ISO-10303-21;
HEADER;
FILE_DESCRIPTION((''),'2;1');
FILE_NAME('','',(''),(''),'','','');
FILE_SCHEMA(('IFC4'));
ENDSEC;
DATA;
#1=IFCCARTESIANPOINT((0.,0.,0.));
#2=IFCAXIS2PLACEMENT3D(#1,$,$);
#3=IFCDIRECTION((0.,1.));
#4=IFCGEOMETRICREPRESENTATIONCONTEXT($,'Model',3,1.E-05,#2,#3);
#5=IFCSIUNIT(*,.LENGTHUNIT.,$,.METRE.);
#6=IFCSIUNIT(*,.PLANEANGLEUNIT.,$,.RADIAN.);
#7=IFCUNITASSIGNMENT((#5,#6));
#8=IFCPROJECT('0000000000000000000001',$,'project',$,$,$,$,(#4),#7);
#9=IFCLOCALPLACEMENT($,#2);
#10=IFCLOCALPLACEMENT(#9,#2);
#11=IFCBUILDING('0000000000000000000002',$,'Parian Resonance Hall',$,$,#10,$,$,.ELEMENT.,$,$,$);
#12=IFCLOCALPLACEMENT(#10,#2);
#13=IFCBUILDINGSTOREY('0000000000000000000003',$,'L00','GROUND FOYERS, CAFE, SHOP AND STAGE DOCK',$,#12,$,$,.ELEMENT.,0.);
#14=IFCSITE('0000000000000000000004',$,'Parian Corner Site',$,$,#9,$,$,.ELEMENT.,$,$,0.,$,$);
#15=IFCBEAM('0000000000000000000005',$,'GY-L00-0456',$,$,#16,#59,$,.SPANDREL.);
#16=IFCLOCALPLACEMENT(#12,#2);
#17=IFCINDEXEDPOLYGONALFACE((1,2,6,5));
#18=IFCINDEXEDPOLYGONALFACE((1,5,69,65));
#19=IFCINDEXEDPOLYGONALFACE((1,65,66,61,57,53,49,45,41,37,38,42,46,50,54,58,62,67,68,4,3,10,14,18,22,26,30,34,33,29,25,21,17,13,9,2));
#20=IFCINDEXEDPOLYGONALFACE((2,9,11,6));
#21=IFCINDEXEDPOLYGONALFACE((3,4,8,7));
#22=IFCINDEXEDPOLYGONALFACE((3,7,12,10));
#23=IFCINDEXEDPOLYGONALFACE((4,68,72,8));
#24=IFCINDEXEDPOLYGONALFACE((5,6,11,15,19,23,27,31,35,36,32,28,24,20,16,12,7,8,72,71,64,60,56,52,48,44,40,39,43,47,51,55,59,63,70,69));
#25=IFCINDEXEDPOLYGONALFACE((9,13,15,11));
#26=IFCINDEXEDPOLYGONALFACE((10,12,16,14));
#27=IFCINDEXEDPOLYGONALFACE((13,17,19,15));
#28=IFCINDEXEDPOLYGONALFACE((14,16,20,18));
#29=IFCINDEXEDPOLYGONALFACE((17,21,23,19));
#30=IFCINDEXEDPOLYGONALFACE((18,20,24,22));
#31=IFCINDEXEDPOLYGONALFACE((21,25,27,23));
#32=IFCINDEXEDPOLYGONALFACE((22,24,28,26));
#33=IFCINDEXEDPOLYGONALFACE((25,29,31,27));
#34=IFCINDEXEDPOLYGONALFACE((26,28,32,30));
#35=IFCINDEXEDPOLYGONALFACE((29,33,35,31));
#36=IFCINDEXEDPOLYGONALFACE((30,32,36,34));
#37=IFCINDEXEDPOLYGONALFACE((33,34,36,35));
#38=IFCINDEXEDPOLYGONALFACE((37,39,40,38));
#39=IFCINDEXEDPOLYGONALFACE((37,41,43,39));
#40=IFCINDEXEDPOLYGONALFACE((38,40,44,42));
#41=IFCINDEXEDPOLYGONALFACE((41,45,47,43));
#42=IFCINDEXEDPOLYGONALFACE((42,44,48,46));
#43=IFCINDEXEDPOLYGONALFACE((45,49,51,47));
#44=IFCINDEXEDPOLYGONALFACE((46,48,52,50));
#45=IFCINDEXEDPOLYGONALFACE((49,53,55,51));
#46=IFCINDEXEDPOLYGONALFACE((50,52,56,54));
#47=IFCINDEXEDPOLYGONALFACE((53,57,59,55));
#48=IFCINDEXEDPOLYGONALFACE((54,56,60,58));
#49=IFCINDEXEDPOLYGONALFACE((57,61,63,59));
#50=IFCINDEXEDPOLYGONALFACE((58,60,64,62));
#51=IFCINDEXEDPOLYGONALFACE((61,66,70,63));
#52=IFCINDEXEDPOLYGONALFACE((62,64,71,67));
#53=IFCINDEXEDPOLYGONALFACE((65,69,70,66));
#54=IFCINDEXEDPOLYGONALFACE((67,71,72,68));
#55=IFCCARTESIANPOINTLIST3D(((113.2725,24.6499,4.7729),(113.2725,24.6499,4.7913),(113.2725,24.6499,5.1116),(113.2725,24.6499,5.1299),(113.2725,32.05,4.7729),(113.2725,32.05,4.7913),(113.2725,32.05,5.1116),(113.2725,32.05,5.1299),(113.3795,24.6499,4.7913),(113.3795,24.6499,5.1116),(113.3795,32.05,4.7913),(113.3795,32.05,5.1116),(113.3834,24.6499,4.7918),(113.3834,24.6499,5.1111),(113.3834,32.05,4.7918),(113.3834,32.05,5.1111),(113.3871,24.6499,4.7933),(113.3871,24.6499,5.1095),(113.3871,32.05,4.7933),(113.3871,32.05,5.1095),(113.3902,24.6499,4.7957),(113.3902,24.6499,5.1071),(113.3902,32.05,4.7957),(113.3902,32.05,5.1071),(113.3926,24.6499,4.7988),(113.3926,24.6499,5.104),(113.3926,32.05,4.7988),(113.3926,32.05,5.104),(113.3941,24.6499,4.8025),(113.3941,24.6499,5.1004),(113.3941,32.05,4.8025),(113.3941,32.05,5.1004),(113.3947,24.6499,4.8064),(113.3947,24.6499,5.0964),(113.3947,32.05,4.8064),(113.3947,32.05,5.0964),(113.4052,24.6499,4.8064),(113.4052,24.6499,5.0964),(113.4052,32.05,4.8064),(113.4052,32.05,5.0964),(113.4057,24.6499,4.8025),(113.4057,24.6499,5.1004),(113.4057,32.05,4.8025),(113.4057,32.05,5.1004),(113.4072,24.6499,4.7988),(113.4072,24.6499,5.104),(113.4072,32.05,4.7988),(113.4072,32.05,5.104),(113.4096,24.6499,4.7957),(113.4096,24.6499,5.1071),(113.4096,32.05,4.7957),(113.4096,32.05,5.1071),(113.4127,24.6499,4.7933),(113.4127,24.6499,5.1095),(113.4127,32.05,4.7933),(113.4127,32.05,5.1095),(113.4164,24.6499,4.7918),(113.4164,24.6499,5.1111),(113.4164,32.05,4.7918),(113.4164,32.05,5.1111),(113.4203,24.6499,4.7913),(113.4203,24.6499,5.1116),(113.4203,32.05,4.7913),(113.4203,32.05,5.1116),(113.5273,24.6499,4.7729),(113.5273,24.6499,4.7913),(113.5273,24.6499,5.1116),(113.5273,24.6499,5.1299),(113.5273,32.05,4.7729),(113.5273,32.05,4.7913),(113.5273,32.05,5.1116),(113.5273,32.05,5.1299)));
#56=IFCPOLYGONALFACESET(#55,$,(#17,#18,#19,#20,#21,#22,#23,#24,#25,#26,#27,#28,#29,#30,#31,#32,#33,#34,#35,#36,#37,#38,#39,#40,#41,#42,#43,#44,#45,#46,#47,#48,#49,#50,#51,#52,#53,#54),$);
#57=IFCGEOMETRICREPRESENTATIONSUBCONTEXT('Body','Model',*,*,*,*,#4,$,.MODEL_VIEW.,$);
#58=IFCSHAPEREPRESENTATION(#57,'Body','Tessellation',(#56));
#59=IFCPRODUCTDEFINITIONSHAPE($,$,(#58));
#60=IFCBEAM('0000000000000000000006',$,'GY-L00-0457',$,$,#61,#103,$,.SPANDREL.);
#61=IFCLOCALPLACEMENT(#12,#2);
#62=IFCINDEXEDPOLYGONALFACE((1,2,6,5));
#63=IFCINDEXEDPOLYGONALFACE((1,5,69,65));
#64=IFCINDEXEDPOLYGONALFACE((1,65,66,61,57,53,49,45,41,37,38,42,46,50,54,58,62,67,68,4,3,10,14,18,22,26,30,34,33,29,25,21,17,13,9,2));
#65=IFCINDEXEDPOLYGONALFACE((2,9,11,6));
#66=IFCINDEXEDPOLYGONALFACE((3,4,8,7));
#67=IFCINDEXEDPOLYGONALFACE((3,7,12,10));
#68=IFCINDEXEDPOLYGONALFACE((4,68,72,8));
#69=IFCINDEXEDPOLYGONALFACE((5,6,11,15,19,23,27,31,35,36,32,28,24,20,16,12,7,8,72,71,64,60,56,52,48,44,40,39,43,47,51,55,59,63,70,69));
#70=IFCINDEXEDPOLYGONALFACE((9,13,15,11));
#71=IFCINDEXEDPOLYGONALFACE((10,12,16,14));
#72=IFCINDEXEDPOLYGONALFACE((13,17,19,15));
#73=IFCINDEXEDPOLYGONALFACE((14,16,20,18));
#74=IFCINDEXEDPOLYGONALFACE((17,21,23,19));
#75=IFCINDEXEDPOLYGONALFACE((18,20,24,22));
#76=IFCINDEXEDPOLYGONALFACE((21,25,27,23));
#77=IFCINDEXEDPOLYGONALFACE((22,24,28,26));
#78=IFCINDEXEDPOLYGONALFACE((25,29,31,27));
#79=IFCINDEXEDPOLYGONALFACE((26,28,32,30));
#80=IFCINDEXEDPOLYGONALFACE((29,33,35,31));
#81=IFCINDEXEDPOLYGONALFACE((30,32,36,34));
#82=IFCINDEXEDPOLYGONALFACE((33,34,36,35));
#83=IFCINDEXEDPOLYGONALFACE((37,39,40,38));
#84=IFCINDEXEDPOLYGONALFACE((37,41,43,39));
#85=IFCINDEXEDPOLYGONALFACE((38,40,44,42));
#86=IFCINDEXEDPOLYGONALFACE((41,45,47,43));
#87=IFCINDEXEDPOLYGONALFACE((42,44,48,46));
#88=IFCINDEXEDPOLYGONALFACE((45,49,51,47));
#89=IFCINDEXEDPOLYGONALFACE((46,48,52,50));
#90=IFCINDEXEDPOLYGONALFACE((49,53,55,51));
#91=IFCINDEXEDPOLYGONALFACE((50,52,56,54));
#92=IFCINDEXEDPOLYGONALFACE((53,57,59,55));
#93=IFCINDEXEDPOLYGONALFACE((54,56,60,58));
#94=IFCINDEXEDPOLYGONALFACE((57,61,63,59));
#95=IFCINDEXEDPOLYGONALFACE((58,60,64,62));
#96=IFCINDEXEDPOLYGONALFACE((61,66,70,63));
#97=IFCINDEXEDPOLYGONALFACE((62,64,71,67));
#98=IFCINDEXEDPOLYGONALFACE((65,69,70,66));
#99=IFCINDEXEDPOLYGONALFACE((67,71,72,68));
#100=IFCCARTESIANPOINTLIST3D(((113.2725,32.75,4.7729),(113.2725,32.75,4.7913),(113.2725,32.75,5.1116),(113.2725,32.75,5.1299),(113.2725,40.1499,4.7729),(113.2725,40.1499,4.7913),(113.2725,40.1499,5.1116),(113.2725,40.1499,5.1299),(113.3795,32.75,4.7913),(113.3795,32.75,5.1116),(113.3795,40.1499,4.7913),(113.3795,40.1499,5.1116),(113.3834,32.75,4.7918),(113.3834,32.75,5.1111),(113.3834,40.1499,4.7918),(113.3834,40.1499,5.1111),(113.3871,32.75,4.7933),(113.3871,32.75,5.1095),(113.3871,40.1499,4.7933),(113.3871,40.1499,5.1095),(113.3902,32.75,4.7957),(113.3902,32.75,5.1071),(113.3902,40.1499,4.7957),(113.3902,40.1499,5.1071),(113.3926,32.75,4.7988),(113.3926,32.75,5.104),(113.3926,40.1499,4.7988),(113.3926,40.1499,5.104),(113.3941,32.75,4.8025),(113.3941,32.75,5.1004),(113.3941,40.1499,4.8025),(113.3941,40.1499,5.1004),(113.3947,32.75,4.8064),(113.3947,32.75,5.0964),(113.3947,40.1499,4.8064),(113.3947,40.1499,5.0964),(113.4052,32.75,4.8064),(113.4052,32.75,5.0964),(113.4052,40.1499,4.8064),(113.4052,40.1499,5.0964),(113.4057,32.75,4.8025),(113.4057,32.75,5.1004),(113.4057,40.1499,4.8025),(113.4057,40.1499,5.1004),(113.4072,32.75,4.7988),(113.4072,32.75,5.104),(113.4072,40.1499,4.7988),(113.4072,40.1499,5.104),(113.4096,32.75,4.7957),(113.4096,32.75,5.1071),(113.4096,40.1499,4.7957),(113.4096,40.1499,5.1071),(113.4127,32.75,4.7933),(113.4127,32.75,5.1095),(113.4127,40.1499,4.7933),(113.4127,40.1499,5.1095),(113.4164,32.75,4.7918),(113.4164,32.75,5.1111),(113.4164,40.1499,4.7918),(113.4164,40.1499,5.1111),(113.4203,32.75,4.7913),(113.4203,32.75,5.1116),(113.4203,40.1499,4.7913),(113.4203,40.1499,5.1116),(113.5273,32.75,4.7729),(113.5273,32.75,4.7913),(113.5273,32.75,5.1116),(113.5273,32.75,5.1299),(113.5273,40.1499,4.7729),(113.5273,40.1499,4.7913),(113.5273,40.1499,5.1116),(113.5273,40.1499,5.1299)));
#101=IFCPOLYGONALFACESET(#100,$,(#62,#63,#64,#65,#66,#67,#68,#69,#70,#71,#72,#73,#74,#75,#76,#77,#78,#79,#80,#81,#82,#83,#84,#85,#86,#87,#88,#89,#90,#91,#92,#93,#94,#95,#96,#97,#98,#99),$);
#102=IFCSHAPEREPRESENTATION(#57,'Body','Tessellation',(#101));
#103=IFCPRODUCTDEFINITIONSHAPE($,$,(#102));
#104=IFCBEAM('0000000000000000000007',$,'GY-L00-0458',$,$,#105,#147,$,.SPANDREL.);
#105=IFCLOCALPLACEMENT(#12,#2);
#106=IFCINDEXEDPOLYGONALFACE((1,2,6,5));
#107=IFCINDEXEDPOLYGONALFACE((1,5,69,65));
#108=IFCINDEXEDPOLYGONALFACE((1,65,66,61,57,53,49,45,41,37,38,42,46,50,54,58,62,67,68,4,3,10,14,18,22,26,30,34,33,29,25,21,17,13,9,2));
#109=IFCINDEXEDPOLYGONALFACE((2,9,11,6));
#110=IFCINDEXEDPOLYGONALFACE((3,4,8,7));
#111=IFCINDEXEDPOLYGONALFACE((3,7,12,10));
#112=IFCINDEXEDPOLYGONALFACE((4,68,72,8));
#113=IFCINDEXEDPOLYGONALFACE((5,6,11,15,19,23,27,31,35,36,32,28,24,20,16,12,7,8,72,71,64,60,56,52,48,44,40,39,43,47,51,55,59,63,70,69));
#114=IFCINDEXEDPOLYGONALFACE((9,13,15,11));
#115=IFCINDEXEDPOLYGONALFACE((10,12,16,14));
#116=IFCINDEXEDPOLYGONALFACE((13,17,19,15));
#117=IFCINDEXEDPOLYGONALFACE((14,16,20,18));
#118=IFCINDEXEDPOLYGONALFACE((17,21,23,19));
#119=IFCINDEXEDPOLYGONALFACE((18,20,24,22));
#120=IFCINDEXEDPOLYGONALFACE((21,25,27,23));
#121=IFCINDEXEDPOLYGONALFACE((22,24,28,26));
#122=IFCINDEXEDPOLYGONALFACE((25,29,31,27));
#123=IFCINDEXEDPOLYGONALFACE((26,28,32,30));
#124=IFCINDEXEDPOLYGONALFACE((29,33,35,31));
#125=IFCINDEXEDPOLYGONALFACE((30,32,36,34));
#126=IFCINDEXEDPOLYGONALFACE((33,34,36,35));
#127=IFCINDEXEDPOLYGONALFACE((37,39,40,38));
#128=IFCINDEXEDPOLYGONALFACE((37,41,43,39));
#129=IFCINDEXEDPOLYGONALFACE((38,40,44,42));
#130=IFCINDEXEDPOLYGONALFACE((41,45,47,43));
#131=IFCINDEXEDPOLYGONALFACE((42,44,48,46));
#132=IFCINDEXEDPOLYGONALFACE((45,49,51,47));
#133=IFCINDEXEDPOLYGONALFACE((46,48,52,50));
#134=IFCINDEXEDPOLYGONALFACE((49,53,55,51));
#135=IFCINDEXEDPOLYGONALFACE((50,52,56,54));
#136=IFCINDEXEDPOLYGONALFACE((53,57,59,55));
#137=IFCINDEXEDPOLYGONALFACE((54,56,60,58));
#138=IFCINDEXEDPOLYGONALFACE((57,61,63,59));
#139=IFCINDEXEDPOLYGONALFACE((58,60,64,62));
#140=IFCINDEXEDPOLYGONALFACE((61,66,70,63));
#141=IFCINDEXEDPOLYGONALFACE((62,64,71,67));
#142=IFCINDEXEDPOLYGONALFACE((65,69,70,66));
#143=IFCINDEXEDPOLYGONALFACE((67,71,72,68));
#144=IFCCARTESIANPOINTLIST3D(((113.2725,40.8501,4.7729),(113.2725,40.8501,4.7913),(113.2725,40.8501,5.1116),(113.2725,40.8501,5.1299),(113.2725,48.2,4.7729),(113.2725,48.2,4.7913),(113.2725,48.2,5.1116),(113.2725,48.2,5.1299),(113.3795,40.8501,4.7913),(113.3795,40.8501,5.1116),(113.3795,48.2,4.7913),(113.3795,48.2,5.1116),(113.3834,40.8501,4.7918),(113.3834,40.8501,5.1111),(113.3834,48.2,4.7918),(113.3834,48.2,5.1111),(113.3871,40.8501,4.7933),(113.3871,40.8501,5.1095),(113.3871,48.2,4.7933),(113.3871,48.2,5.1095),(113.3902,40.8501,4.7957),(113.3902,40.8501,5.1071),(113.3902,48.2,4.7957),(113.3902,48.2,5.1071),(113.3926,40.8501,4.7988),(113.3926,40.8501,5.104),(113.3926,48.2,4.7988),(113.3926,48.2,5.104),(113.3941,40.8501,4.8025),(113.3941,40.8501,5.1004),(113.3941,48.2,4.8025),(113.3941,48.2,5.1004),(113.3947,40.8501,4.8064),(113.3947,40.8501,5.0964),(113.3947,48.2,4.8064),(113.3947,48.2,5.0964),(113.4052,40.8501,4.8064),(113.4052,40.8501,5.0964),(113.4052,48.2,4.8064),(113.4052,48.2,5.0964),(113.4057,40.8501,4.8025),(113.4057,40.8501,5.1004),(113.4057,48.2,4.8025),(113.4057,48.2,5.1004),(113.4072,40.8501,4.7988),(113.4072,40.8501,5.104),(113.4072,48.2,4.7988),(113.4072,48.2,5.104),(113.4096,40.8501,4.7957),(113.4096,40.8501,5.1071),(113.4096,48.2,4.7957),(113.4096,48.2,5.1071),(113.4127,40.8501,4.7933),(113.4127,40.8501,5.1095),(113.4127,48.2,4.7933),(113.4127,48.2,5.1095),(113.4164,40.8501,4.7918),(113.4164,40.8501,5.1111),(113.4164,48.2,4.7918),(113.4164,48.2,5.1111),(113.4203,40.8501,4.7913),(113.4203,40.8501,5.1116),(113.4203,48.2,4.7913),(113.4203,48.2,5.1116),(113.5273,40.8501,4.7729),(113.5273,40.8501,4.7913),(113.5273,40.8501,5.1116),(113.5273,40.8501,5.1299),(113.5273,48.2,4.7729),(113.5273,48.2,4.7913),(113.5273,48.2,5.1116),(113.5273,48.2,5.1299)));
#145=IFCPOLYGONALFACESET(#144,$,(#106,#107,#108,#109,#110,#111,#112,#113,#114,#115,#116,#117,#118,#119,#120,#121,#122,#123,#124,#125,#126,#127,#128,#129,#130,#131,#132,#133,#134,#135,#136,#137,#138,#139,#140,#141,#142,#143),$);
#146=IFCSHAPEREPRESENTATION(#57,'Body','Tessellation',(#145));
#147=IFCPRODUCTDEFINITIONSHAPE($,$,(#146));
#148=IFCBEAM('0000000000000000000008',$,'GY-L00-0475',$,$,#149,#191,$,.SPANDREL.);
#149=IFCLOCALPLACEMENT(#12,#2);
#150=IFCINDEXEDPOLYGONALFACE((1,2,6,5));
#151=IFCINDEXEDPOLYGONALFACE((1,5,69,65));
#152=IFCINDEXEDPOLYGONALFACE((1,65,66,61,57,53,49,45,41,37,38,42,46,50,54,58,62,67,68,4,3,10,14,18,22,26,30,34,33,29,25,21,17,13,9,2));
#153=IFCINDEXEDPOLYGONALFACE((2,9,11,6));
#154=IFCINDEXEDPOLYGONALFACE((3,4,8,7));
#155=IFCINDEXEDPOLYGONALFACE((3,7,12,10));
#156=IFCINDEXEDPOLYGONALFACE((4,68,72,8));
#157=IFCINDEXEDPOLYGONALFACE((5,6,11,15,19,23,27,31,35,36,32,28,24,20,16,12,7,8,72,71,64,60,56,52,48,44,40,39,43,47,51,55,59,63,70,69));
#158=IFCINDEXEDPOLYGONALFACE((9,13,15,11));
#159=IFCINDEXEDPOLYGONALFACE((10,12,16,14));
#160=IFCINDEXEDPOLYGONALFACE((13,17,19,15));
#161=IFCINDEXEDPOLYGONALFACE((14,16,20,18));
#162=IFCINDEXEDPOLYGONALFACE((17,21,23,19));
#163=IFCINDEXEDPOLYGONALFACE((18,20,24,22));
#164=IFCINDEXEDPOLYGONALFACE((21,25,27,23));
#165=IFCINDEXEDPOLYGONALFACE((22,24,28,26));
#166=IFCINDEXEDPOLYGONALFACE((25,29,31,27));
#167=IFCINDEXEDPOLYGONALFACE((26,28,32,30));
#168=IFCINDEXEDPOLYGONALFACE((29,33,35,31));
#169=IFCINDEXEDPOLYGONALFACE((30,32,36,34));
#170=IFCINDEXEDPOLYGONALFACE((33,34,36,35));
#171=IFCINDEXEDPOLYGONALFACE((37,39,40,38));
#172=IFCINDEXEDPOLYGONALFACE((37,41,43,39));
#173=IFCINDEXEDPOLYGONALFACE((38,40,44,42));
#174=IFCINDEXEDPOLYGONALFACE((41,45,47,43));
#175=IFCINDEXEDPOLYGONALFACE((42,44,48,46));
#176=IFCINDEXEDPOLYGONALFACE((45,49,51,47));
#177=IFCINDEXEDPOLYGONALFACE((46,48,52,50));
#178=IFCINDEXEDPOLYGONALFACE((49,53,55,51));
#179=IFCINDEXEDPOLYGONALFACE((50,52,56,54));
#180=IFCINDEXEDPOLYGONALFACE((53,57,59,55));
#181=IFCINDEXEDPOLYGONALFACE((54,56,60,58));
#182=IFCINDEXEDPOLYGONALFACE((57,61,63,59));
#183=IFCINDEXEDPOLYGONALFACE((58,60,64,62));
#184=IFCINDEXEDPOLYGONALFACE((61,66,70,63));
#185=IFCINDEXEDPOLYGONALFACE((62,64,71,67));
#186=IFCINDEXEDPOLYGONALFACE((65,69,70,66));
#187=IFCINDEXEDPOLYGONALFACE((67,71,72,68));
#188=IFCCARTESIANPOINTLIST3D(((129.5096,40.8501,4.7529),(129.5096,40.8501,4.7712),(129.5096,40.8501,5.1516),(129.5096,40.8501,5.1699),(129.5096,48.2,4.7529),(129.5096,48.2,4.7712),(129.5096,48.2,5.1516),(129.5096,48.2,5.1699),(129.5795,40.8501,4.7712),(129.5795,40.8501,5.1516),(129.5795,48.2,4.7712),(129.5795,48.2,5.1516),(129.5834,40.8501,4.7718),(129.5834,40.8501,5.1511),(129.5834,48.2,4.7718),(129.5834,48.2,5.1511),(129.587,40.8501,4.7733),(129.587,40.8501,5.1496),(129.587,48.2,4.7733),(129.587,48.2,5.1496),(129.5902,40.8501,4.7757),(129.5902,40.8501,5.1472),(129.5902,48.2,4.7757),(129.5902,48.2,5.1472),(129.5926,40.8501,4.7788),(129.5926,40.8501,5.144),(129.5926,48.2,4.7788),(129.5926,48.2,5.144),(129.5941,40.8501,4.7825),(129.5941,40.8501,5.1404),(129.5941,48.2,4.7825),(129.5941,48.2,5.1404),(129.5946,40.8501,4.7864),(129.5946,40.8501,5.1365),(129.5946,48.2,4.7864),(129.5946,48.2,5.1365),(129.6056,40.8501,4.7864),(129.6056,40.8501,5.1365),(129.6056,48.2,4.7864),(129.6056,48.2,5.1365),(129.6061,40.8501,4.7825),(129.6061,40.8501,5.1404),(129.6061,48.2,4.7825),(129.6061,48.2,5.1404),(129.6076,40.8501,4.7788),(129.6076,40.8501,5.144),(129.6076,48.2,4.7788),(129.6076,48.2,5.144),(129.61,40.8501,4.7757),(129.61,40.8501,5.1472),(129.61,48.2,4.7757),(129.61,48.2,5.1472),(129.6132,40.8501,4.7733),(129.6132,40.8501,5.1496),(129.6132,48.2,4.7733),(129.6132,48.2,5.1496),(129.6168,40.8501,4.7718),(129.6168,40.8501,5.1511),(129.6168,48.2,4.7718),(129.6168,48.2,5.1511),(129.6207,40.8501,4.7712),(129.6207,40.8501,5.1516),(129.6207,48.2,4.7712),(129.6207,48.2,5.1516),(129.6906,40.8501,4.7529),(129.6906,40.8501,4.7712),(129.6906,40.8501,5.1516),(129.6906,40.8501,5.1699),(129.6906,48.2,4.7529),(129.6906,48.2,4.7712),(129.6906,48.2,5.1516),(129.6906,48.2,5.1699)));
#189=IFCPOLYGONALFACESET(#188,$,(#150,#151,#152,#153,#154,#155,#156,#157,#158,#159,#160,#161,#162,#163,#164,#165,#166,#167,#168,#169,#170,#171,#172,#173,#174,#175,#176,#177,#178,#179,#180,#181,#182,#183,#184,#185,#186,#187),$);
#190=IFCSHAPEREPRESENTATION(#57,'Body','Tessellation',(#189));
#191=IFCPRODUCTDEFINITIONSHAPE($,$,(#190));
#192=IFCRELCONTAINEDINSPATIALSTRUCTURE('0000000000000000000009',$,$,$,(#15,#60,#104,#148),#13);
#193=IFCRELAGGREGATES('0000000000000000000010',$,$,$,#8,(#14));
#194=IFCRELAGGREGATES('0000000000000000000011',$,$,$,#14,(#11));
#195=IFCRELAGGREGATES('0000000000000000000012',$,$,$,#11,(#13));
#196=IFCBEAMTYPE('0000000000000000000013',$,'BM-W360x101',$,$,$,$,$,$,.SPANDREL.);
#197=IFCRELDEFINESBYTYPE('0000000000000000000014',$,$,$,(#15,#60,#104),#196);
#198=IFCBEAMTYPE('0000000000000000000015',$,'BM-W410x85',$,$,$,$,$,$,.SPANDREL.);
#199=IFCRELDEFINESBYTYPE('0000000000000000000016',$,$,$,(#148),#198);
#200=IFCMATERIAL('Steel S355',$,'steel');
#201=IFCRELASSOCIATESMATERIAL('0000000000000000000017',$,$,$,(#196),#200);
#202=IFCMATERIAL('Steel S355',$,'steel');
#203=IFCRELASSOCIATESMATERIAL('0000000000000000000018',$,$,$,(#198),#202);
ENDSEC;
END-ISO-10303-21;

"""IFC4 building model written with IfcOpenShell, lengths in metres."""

from ifc_helpers import new_model, si_unit, direction, frame, origin, origin_2d, place, context, subcontext, project, spatial, i_section, extrude, material, material_profile, profile_set, type_object, element, save


model = new_model("IFC4")

# Units and contexts
model_context = context("Model", 3, precision=1e-05, world=origin(), true_north=direction((0.0, 1.0)))
body_context = subcontext(model_context, "Body", "Model", "MODEL_VIEW")
ifc_project = project(units=[si_unit("LENGTHUNIT", "METRE"), si_unit("PLANEANGLEUNIT", "RADIAN")], contexts=[model_context])

# Site, building, storey
site_placement = place(None, origin())
site = spatial("IfcSite", under=ifc_project, at=site_placement, Name="Parian Corner Site", CompositionType="ELEMENT", RefElevation=0.0)
building_placement = place(site_placement, origin())
building = spatial("IfcBuilding", under=site, at=building_placement, Name="Parian Resonance Hall", CompositionType="ELEMENT")
storey_placement = place(building_placement, origin())
storey = spatial("IfcBuildingStorey", under=building, at=storey_placement, Name="L00", Description="GROUND FOYERS, CAFE, SHOP AND STAGE DOCK", CompositionType="ELEMENT", Elevation=0.0)

# Beams
ifc_material_1 = material(Name="Steel S355", Category="steel")
ifc_material_profile_1 = material_profile(ifc_material_1, i_section(OverallWidth=0.2549, OverallDepth=0.3569, WebThickness=0.0105, FlangeThickness=0.0183, FilletRadius=0.0151, at=origin_2d()), Name="W360x101")
ifc_profile_set_1 = profile_set([ifc_material_profile_1], Name="Steel S355")
beam_type_1 = type_object("IfcBeamType", Name="BM-W360x101", PredefinedType="SPANDREL", material=ifc_profile_set_1)
beam_1_placement = place(storey_placement, frame((113.3999, 24.6499, 4.9514), z_axis=(0.0, 1.0, 0.0), x_axis=(-1.0, 0.0, 0.0)))
element("IfcBeam", 1, at=beam_1_placement, inside=storey, type_object=beam_type_1, Name="GY-L00-0456", PredefinedType="SPANDREL", context=body_context, shape_type="SweptSolid", body=[
    extrude(i_section(OverallWidth=0.2549, OverallDepth=0.3569, WebThickness=0.0105, FlangeThickness=0.0183, FilletRadius=0.0151, at=origin_2d()), origin(), (0.0, 0.0, 1.0), 7.4001),
])
beam_2_placement = place(storey_placement, frame((113.3999, 32.75, 4.9514), z_axis=(0.0, 1.0, 0.0), x_axis=(-1.0, 0.0, 0.0)))
element("IfcBeam", 2, at=beam_2_placement, inside=storey, type_object=beam_type_1, Name="GY-L00-0457", PredefinedType="SPANDREL", context=body_context, shape_type="SweptSolid", body=[
    extrude(i_section(OverallWidth=0.2549, OverallDepth=0.3569, WebThickness=0.0105, FlangeThickness=0.0183, FilletRadius=0.0151, at=origin_2d()), origin(), (0.0, 0.0, 1.0), 7.3999),
])
beam_3_placement = place(storey_placement, frame((113.3999, 40.8501, 4.9514), z_axis=(0.0, 1.0, 0.0), x_axis=(-1.0, 0.0, 0.0)))
element("IfcBeam", 3, at=beam_3_placement, inside=storey, type_object=beam_type_1, Name="GY-L00-0458", PredefinedType="SPANDREL", context=body_context, shape_type="SweptSolid", body=[
    extrude(i_section(OverallWidth=0.2549, OverallDepth=0.3569, WebThickness=0.0105, FlangeThickness=0.0183, FilletRadius=0.0151, at=origin_2d()), origin(), (0.0, 0.0, 1.0), 7.3499),
])
ifc_material_2 = material(Name="Steel S355", Category="steel")
ifc_material_profile_2 = material_profile(ifc_material_2, i_section(OverallWidth=0.1809, OverallDepth=0.417, WebThickness=0.011, FlangeThickness=0.0183, FilletRadius=0.0151, at=origin_2d()), Name="W410x85")
ifc_profile_set_2 = profile_set([ifc_material_profile_2], Name="Steel S355")
beam_type_2 = type_object("IfcBeamType", Name="BM-W410x85", PredefinedType="SPANDREL", material=ifc_profile_set_2)
beam_4_placement = place(storey_placement, frame((129.6001, 40.8501, 4.9614), z_axis=(0.0, 1.0, 0.0), x_axis=(-1.0, 0.0, 0.0)))
element("IfcBeam", 4, at=beam_4_placement, inside=storey, type_object=beam_type_2, Name="GY-L00-0475", PredefinedType="SPANDREL", context=body_context, shape_type="SweptSolid", body=[
    extrude(i_section(OverallWidth=0.1809, OverallDepth=0.417, WebThickness=0.011, FlangeThickness=0.0183, FilletRadius=0.0151, at=origin_2d()), origin(), (0.0, 0.0, 1.0), 7.3499),
])

save(model, "model.ifc")
